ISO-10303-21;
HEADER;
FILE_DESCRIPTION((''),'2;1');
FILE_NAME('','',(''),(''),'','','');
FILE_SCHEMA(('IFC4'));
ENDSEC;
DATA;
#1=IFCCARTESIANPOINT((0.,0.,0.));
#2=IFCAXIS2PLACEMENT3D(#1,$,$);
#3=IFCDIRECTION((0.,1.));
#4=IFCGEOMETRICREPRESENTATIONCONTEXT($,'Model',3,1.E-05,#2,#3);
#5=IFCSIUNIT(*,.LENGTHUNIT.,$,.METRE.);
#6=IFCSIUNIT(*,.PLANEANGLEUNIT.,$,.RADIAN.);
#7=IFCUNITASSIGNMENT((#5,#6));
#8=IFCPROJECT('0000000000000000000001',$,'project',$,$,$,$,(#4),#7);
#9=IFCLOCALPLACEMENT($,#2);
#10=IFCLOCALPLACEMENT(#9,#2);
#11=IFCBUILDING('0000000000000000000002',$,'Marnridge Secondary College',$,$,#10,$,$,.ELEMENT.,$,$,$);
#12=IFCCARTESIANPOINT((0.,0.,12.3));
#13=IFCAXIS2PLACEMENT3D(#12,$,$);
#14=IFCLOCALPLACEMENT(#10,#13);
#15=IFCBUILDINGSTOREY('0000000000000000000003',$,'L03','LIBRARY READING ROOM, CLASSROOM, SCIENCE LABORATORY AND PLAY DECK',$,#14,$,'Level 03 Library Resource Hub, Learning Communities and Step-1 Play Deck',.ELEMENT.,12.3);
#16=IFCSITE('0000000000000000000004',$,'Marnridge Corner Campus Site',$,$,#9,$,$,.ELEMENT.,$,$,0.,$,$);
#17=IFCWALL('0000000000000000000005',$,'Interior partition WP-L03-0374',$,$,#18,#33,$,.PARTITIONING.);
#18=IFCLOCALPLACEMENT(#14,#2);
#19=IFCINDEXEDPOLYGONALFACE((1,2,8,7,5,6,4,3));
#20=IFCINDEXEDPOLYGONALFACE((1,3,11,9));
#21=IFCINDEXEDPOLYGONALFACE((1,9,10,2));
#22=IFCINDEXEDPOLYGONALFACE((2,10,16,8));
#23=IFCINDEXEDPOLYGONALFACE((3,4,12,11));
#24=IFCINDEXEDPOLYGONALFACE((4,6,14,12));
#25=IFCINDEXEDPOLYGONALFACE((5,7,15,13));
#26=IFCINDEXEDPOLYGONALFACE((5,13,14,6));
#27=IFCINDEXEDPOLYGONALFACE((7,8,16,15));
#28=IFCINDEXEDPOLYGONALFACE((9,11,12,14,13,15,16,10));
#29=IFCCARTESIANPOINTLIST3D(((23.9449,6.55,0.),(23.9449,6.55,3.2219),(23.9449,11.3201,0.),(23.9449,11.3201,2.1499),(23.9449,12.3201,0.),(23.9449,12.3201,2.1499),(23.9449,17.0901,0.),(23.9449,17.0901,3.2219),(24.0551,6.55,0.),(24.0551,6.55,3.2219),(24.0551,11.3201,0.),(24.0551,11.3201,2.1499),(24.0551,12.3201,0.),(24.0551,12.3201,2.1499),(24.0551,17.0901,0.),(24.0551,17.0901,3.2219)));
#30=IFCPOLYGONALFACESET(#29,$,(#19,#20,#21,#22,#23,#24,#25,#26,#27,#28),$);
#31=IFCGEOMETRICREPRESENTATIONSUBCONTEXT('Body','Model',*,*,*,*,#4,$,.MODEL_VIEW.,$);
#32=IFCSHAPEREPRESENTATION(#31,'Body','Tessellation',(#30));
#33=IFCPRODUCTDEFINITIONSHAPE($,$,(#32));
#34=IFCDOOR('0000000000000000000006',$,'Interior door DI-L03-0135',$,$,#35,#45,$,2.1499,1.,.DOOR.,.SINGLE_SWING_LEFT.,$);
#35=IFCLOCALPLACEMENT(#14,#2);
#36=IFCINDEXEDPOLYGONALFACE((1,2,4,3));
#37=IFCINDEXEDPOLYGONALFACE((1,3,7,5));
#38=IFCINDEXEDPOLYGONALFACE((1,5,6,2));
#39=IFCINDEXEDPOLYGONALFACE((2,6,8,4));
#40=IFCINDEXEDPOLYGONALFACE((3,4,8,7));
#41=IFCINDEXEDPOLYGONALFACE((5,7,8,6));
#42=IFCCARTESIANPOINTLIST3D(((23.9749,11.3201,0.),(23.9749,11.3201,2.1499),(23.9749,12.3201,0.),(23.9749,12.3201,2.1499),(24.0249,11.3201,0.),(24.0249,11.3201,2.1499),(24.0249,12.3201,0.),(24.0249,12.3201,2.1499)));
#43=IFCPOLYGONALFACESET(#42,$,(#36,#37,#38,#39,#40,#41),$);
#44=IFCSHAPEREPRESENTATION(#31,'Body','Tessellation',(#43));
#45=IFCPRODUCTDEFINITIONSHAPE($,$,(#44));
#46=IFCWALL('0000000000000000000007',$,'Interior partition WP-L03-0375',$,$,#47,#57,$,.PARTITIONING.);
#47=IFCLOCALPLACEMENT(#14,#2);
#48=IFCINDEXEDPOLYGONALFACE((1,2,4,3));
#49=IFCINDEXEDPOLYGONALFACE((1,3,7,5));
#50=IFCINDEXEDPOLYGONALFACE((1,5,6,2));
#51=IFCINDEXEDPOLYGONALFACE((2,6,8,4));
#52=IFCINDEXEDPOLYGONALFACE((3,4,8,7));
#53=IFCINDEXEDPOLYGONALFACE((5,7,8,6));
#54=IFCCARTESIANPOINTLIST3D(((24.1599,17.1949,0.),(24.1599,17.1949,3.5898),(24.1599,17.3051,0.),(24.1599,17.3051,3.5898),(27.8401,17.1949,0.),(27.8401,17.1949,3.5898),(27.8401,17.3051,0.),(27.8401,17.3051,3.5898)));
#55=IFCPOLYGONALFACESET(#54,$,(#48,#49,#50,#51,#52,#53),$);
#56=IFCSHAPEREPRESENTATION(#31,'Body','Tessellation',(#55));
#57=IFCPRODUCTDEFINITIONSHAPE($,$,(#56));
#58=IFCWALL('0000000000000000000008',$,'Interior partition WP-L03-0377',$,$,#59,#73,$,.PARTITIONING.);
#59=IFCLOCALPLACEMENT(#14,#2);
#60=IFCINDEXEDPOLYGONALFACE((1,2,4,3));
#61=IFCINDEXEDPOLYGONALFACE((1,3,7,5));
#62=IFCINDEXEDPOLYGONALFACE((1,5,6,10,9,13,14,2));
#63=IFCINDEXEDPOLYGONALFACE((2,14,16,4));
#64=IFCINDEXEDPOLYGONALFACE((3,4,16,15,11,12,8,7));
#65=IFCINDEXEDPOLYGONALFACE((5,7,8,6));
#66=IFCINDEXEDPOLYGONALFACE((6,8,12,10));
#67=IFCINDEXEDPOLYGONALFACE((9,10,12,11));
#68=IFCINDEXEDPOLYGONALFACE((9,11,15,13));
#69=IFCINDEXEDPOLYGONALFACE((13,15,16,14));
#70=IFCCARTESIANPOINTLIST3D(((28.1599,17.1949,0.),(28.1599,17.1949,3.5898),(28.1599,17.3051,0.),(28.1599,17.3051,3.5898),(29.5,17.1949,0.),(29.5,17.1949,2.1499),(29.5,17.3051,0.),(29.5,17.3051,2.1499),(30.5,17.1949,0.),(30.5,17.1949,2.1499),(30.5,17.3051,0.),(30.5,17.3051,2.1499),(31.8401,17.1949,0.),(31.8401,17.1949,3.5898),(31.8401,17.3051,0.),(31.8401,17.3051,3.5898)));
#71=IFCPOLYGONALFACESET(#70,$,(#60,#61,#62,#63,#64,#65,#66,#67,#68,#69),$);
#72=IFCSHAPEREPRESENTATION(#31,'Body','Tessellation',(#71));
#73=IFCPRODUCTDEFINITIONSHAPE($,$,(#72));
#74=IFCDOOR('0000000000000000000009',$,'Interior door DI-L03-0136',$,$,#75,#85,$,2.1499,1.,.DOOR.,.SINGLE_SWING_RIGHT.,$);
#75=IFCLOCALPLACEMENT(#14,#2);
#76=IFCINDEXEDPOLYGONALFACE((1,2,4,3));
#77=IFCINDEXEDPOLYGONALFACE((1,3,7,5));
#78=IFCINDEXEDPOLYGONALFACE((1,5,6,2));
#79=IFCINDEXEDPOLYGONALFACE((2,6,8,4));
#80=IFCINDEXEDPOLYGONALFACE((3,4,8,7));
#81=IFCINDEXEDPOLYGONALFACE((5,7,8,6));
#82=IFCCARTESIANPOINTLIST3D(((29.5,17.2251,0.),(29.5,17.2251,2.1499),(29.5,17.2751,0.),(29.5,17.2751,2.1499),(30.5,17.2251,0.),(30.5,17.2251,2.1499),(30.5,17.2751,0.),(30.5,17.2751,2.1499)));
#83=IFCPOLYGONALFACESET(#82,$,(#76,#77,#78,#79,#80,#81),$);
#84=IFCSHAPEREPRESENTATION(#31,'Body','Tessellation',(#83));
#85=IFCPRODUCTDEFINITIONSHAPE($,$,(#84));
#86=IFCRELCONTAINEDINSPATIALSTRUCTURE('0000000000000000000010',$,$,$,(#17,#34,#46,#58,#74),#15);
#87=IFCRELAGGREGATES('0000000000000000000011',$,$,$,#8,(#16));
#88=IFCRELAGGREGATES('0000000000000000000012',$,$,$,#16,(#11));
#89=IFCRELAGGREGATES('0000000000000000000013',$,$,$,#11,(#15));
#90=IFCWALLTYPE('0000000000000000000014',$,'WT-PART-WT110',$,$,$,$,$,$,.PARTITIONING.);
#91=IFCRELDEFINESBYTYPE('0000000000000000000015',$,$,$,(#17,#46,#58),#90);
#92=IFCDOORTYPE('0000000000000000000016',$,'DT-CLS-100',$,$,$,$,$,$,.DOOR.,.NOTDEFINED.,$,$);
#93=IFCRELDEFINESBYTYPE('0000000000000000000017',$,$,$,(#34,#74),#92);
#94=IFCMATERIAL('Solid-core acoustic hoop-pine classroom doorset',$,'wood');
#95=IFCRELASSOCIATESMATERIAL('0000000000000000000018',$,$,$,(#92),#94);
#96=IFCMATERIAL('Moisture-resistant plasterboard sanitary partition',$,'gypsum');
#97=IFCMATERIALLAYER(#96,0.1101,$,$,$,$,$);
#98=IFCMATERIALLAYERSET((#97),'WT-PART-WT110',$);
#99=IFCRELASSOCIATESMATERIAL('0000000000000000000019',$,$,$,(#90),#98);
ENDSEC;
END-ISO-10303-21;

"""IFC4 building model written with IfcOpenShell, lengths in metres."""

from ifc_helpers import new_model, si_unit, direction, frame, frame_2d, origin, place, context, subcontext, project, spatial, rectangle, extrude, material, layer, layer_set, type_object, element, fill, save


model = new_model("IFC4")

# Units and contexts
model_context = context("Model", 3, precision=1e-05, world=origin(), true_north=direction((0.0, 1.0)))
body_context = subcontext(model_context, "Body", "Model", "MODEL_VIEW")
ifc_project = project(units=[si_unit("LENGTHUNIT", "METRE"), si_unit("PLANEANGLEUNIT", "RADIAN")], contexts=[model_context])

# Site, building, storey
site_placement = place(None, origin())
site = spatial("IfcSite", under=ifc_project, at=site_placement, Name="Marnridge Corner Campus Site", CompositionType="ELEMENT", RefElevation=0.0)
building_placement = place(site_placement, origin())
building = spatial("IfcBuilding", under=site, at=building_placement, Name="Marnridge Secondary College", CompositionType="ELEMENT")
storey_placement = place(building_placement, frame((0.0, 0.0, 12.3)))
storey = spatial("IfcBuildingStorey", under=building, at=storey_placement, Name="L03", Description="LIBRARY READING ROOM, CLASSROOM, SCIENCE LABORATORY AND PLAY DECK", LongName="Level 03 Library Resource Hub, Learning Communities and Step-1 Play Deck", CompositionType="ELEMENT", Elevation=12.3)

# Shared definitions
ifc_material_1 = material(Name="Solid-core acoustic hoop-pine classroom doorset", Category="wood")
door_type_1 = type_object("IfcDoorType", Name="DT-CLS-100", OperationType="NOTDEFINED", PredefinedType="DOOR", material=ifc_material_1)

# Wall, opening, door
ifc_material_2 = material(Name="Moisture-resistant plasterboard sanitary partition", Category="gypsum")
ifc_layer_1 = layer(ifc_material_2, 0.1101)
ifc_layer_set_1 = layer_set([ifc_layer_1], Name="WT-PART-WT110")
wall_type_1 = type_object("IfcWallType", Name="WT-PART-WT110", PredefinedType="PARTITIONING", material=ifc_layer_set_1)
wall_1_placement = place(storey_placement, frame((24.0, 17.0901, 0.0), z_axis=(0.0, 0.0, 1.0), x_axis=(0.0, -1.0, 0.0)))
wall_1 = element("IfcWall", 1, at=wall_1_placement, inside=storey, type_object=wall_type_1, Name="Interior partition WP-L03-0374", PredefinedType="PARTITIONING", context=body_context, shape_type="SweptSolid", body=[
    extrude(rectangle(XDim=10.54, YDim=0.1101, at=frame_2d((5.27, 0.0))), origin(), (0.0, 0.0, 1.0), 3.2219),
])
opening_1_placement = place(wall_1_placement, frame((4.77, 0.0, 0.0)))
opening_1 = element("IfcOpeningElement", 2, at=opening_1_placement, cuts=wall_1, PredefinedType="OPENING", context=body_context, shape_type="SweptSolid", body=[
    extrude(rectangle(XDim=1.0, YDim=2.1499, at=frame_2d((0.5, 1.075))), frame((0.0, 0.0649, 0.0), z_axis=(0.0, -1.0, 0.0), x_axis=(1.0, 0.0, 0.0)), (0.0, 0.0, 1.0), 0.1301),
])
door_1_placement = place(opening_1_placement, origin())
door_1 = element("IfcDoor", 3, at=door_1_placement, inside=storey, type_object=door_type_1, Name="Interior door DI-L03-0135", OperationType="SINGLE_SWING_LEFT", OverallHeight=2.1499, OverallWidth=1.0, PredefinedType="DOOR", context=body_context, shape_type="SweptSolid", body=[
    extrude(rectangle(XDim=1.0, YDim=2.1499, at=frame_2d((0.5, 1.075))), frame((0.0, 0.0249, 0.0), z_axis=(0.0, -1.0, 0.0), x_axis=(1.0, 0.0, 0.0)), (0.0, 0.0, 1.0), 0.05),
])
fill(opening_1, door_1)

# Wall
wall_2_placement = place(storey_placement, frame((27.8401, 17.25, 0.0), z_axis=(0.0, 0.0, 1.0), x_axis=(-1.0, 0.0, 0.0)))
element("IfcWall", 4, at=wall_2_placement, inside=storey, type_object=wall_type_1, Name="Interior partition WP-L03-0375", PredefinedType="PARTITIONING", context=body_context, shape_type="SweptSolid", body=[
    extrude(rectangle(XDim=3.6802, YDim=0.1101, at=frame_2d((1.8401, 0.0))), origin(), (0.0, 0.0, 1.0), 3.5898),
])

# Wall, opening, door
wall_3_placement = place(storey_placement, frame((31.8401, 17.25, 0.0), z_axis=(0.0, 0.0, 1.0), x_axis=(-1.0, 0.0, 0.0)))
wall_3 = element("IfcWall", 5, at=wall_3_placement, inside=storey, type_object=wall_type_1, Name="Interior partition WP-L03-0377", PredefinedType="PARTITIONING", context=body_context, shape_type="SweptSolid", body=[
    extrude(rectangle(XDim=3.6802, YDim=0.1101, at=frame_2d((1.8401, 0.0))), origin(), (0.0, 0.0, 1.0), 3.5898),
])
opening_2_placement = place(wall_3_placement, frame((1.3401, 0.0, 0.0)))
opening_2 = element("IfcOpeningElement", 6, at=opening_2_placement, cuts=wall_3, PredefinedType="OPENING", context=body_context, shape_type="SweptSolid", body=[
    extrude(rectangle(XDim=1.0, YDim=2.1499, at=frame_2d((0.5, 1.075))), frame((0.0, 0.0649, 0.0), z_axis=(0.0, -1.0, 0.0), x_axis=(1.0, 0.0, 0.0)), (0.0, 0.0, 1.0), 0.1301),
])
door_2_placement = place(opening_2_placement, origin())
door_2 = element("IfcDoor", 7, at=door_2_placement, inside=storey, type_object=door_type_1, Name="Interior door DI-L03-0136", OperationType="SINGLE_SWING_RIGHT", OverallHeight=2.1499, OverallWidth=1.0, PredefinedType="DOOR", context=body_context, shape_type="SweptSolid", body=[
    extrude(rectangle(XDim=1.0, YDim=2.1499, at=frame_2d((0.5, 1.075))), frame((0.0, 0.0249, 0.0), z_axis=(0.0, -1.0, 0.0), x_axis=(1.0, 0.0, 0.0)), (0.0, 0.0, 1.0), 0.05),
])
fill(opening_2, door_2)

save(model, "model.ifc")
